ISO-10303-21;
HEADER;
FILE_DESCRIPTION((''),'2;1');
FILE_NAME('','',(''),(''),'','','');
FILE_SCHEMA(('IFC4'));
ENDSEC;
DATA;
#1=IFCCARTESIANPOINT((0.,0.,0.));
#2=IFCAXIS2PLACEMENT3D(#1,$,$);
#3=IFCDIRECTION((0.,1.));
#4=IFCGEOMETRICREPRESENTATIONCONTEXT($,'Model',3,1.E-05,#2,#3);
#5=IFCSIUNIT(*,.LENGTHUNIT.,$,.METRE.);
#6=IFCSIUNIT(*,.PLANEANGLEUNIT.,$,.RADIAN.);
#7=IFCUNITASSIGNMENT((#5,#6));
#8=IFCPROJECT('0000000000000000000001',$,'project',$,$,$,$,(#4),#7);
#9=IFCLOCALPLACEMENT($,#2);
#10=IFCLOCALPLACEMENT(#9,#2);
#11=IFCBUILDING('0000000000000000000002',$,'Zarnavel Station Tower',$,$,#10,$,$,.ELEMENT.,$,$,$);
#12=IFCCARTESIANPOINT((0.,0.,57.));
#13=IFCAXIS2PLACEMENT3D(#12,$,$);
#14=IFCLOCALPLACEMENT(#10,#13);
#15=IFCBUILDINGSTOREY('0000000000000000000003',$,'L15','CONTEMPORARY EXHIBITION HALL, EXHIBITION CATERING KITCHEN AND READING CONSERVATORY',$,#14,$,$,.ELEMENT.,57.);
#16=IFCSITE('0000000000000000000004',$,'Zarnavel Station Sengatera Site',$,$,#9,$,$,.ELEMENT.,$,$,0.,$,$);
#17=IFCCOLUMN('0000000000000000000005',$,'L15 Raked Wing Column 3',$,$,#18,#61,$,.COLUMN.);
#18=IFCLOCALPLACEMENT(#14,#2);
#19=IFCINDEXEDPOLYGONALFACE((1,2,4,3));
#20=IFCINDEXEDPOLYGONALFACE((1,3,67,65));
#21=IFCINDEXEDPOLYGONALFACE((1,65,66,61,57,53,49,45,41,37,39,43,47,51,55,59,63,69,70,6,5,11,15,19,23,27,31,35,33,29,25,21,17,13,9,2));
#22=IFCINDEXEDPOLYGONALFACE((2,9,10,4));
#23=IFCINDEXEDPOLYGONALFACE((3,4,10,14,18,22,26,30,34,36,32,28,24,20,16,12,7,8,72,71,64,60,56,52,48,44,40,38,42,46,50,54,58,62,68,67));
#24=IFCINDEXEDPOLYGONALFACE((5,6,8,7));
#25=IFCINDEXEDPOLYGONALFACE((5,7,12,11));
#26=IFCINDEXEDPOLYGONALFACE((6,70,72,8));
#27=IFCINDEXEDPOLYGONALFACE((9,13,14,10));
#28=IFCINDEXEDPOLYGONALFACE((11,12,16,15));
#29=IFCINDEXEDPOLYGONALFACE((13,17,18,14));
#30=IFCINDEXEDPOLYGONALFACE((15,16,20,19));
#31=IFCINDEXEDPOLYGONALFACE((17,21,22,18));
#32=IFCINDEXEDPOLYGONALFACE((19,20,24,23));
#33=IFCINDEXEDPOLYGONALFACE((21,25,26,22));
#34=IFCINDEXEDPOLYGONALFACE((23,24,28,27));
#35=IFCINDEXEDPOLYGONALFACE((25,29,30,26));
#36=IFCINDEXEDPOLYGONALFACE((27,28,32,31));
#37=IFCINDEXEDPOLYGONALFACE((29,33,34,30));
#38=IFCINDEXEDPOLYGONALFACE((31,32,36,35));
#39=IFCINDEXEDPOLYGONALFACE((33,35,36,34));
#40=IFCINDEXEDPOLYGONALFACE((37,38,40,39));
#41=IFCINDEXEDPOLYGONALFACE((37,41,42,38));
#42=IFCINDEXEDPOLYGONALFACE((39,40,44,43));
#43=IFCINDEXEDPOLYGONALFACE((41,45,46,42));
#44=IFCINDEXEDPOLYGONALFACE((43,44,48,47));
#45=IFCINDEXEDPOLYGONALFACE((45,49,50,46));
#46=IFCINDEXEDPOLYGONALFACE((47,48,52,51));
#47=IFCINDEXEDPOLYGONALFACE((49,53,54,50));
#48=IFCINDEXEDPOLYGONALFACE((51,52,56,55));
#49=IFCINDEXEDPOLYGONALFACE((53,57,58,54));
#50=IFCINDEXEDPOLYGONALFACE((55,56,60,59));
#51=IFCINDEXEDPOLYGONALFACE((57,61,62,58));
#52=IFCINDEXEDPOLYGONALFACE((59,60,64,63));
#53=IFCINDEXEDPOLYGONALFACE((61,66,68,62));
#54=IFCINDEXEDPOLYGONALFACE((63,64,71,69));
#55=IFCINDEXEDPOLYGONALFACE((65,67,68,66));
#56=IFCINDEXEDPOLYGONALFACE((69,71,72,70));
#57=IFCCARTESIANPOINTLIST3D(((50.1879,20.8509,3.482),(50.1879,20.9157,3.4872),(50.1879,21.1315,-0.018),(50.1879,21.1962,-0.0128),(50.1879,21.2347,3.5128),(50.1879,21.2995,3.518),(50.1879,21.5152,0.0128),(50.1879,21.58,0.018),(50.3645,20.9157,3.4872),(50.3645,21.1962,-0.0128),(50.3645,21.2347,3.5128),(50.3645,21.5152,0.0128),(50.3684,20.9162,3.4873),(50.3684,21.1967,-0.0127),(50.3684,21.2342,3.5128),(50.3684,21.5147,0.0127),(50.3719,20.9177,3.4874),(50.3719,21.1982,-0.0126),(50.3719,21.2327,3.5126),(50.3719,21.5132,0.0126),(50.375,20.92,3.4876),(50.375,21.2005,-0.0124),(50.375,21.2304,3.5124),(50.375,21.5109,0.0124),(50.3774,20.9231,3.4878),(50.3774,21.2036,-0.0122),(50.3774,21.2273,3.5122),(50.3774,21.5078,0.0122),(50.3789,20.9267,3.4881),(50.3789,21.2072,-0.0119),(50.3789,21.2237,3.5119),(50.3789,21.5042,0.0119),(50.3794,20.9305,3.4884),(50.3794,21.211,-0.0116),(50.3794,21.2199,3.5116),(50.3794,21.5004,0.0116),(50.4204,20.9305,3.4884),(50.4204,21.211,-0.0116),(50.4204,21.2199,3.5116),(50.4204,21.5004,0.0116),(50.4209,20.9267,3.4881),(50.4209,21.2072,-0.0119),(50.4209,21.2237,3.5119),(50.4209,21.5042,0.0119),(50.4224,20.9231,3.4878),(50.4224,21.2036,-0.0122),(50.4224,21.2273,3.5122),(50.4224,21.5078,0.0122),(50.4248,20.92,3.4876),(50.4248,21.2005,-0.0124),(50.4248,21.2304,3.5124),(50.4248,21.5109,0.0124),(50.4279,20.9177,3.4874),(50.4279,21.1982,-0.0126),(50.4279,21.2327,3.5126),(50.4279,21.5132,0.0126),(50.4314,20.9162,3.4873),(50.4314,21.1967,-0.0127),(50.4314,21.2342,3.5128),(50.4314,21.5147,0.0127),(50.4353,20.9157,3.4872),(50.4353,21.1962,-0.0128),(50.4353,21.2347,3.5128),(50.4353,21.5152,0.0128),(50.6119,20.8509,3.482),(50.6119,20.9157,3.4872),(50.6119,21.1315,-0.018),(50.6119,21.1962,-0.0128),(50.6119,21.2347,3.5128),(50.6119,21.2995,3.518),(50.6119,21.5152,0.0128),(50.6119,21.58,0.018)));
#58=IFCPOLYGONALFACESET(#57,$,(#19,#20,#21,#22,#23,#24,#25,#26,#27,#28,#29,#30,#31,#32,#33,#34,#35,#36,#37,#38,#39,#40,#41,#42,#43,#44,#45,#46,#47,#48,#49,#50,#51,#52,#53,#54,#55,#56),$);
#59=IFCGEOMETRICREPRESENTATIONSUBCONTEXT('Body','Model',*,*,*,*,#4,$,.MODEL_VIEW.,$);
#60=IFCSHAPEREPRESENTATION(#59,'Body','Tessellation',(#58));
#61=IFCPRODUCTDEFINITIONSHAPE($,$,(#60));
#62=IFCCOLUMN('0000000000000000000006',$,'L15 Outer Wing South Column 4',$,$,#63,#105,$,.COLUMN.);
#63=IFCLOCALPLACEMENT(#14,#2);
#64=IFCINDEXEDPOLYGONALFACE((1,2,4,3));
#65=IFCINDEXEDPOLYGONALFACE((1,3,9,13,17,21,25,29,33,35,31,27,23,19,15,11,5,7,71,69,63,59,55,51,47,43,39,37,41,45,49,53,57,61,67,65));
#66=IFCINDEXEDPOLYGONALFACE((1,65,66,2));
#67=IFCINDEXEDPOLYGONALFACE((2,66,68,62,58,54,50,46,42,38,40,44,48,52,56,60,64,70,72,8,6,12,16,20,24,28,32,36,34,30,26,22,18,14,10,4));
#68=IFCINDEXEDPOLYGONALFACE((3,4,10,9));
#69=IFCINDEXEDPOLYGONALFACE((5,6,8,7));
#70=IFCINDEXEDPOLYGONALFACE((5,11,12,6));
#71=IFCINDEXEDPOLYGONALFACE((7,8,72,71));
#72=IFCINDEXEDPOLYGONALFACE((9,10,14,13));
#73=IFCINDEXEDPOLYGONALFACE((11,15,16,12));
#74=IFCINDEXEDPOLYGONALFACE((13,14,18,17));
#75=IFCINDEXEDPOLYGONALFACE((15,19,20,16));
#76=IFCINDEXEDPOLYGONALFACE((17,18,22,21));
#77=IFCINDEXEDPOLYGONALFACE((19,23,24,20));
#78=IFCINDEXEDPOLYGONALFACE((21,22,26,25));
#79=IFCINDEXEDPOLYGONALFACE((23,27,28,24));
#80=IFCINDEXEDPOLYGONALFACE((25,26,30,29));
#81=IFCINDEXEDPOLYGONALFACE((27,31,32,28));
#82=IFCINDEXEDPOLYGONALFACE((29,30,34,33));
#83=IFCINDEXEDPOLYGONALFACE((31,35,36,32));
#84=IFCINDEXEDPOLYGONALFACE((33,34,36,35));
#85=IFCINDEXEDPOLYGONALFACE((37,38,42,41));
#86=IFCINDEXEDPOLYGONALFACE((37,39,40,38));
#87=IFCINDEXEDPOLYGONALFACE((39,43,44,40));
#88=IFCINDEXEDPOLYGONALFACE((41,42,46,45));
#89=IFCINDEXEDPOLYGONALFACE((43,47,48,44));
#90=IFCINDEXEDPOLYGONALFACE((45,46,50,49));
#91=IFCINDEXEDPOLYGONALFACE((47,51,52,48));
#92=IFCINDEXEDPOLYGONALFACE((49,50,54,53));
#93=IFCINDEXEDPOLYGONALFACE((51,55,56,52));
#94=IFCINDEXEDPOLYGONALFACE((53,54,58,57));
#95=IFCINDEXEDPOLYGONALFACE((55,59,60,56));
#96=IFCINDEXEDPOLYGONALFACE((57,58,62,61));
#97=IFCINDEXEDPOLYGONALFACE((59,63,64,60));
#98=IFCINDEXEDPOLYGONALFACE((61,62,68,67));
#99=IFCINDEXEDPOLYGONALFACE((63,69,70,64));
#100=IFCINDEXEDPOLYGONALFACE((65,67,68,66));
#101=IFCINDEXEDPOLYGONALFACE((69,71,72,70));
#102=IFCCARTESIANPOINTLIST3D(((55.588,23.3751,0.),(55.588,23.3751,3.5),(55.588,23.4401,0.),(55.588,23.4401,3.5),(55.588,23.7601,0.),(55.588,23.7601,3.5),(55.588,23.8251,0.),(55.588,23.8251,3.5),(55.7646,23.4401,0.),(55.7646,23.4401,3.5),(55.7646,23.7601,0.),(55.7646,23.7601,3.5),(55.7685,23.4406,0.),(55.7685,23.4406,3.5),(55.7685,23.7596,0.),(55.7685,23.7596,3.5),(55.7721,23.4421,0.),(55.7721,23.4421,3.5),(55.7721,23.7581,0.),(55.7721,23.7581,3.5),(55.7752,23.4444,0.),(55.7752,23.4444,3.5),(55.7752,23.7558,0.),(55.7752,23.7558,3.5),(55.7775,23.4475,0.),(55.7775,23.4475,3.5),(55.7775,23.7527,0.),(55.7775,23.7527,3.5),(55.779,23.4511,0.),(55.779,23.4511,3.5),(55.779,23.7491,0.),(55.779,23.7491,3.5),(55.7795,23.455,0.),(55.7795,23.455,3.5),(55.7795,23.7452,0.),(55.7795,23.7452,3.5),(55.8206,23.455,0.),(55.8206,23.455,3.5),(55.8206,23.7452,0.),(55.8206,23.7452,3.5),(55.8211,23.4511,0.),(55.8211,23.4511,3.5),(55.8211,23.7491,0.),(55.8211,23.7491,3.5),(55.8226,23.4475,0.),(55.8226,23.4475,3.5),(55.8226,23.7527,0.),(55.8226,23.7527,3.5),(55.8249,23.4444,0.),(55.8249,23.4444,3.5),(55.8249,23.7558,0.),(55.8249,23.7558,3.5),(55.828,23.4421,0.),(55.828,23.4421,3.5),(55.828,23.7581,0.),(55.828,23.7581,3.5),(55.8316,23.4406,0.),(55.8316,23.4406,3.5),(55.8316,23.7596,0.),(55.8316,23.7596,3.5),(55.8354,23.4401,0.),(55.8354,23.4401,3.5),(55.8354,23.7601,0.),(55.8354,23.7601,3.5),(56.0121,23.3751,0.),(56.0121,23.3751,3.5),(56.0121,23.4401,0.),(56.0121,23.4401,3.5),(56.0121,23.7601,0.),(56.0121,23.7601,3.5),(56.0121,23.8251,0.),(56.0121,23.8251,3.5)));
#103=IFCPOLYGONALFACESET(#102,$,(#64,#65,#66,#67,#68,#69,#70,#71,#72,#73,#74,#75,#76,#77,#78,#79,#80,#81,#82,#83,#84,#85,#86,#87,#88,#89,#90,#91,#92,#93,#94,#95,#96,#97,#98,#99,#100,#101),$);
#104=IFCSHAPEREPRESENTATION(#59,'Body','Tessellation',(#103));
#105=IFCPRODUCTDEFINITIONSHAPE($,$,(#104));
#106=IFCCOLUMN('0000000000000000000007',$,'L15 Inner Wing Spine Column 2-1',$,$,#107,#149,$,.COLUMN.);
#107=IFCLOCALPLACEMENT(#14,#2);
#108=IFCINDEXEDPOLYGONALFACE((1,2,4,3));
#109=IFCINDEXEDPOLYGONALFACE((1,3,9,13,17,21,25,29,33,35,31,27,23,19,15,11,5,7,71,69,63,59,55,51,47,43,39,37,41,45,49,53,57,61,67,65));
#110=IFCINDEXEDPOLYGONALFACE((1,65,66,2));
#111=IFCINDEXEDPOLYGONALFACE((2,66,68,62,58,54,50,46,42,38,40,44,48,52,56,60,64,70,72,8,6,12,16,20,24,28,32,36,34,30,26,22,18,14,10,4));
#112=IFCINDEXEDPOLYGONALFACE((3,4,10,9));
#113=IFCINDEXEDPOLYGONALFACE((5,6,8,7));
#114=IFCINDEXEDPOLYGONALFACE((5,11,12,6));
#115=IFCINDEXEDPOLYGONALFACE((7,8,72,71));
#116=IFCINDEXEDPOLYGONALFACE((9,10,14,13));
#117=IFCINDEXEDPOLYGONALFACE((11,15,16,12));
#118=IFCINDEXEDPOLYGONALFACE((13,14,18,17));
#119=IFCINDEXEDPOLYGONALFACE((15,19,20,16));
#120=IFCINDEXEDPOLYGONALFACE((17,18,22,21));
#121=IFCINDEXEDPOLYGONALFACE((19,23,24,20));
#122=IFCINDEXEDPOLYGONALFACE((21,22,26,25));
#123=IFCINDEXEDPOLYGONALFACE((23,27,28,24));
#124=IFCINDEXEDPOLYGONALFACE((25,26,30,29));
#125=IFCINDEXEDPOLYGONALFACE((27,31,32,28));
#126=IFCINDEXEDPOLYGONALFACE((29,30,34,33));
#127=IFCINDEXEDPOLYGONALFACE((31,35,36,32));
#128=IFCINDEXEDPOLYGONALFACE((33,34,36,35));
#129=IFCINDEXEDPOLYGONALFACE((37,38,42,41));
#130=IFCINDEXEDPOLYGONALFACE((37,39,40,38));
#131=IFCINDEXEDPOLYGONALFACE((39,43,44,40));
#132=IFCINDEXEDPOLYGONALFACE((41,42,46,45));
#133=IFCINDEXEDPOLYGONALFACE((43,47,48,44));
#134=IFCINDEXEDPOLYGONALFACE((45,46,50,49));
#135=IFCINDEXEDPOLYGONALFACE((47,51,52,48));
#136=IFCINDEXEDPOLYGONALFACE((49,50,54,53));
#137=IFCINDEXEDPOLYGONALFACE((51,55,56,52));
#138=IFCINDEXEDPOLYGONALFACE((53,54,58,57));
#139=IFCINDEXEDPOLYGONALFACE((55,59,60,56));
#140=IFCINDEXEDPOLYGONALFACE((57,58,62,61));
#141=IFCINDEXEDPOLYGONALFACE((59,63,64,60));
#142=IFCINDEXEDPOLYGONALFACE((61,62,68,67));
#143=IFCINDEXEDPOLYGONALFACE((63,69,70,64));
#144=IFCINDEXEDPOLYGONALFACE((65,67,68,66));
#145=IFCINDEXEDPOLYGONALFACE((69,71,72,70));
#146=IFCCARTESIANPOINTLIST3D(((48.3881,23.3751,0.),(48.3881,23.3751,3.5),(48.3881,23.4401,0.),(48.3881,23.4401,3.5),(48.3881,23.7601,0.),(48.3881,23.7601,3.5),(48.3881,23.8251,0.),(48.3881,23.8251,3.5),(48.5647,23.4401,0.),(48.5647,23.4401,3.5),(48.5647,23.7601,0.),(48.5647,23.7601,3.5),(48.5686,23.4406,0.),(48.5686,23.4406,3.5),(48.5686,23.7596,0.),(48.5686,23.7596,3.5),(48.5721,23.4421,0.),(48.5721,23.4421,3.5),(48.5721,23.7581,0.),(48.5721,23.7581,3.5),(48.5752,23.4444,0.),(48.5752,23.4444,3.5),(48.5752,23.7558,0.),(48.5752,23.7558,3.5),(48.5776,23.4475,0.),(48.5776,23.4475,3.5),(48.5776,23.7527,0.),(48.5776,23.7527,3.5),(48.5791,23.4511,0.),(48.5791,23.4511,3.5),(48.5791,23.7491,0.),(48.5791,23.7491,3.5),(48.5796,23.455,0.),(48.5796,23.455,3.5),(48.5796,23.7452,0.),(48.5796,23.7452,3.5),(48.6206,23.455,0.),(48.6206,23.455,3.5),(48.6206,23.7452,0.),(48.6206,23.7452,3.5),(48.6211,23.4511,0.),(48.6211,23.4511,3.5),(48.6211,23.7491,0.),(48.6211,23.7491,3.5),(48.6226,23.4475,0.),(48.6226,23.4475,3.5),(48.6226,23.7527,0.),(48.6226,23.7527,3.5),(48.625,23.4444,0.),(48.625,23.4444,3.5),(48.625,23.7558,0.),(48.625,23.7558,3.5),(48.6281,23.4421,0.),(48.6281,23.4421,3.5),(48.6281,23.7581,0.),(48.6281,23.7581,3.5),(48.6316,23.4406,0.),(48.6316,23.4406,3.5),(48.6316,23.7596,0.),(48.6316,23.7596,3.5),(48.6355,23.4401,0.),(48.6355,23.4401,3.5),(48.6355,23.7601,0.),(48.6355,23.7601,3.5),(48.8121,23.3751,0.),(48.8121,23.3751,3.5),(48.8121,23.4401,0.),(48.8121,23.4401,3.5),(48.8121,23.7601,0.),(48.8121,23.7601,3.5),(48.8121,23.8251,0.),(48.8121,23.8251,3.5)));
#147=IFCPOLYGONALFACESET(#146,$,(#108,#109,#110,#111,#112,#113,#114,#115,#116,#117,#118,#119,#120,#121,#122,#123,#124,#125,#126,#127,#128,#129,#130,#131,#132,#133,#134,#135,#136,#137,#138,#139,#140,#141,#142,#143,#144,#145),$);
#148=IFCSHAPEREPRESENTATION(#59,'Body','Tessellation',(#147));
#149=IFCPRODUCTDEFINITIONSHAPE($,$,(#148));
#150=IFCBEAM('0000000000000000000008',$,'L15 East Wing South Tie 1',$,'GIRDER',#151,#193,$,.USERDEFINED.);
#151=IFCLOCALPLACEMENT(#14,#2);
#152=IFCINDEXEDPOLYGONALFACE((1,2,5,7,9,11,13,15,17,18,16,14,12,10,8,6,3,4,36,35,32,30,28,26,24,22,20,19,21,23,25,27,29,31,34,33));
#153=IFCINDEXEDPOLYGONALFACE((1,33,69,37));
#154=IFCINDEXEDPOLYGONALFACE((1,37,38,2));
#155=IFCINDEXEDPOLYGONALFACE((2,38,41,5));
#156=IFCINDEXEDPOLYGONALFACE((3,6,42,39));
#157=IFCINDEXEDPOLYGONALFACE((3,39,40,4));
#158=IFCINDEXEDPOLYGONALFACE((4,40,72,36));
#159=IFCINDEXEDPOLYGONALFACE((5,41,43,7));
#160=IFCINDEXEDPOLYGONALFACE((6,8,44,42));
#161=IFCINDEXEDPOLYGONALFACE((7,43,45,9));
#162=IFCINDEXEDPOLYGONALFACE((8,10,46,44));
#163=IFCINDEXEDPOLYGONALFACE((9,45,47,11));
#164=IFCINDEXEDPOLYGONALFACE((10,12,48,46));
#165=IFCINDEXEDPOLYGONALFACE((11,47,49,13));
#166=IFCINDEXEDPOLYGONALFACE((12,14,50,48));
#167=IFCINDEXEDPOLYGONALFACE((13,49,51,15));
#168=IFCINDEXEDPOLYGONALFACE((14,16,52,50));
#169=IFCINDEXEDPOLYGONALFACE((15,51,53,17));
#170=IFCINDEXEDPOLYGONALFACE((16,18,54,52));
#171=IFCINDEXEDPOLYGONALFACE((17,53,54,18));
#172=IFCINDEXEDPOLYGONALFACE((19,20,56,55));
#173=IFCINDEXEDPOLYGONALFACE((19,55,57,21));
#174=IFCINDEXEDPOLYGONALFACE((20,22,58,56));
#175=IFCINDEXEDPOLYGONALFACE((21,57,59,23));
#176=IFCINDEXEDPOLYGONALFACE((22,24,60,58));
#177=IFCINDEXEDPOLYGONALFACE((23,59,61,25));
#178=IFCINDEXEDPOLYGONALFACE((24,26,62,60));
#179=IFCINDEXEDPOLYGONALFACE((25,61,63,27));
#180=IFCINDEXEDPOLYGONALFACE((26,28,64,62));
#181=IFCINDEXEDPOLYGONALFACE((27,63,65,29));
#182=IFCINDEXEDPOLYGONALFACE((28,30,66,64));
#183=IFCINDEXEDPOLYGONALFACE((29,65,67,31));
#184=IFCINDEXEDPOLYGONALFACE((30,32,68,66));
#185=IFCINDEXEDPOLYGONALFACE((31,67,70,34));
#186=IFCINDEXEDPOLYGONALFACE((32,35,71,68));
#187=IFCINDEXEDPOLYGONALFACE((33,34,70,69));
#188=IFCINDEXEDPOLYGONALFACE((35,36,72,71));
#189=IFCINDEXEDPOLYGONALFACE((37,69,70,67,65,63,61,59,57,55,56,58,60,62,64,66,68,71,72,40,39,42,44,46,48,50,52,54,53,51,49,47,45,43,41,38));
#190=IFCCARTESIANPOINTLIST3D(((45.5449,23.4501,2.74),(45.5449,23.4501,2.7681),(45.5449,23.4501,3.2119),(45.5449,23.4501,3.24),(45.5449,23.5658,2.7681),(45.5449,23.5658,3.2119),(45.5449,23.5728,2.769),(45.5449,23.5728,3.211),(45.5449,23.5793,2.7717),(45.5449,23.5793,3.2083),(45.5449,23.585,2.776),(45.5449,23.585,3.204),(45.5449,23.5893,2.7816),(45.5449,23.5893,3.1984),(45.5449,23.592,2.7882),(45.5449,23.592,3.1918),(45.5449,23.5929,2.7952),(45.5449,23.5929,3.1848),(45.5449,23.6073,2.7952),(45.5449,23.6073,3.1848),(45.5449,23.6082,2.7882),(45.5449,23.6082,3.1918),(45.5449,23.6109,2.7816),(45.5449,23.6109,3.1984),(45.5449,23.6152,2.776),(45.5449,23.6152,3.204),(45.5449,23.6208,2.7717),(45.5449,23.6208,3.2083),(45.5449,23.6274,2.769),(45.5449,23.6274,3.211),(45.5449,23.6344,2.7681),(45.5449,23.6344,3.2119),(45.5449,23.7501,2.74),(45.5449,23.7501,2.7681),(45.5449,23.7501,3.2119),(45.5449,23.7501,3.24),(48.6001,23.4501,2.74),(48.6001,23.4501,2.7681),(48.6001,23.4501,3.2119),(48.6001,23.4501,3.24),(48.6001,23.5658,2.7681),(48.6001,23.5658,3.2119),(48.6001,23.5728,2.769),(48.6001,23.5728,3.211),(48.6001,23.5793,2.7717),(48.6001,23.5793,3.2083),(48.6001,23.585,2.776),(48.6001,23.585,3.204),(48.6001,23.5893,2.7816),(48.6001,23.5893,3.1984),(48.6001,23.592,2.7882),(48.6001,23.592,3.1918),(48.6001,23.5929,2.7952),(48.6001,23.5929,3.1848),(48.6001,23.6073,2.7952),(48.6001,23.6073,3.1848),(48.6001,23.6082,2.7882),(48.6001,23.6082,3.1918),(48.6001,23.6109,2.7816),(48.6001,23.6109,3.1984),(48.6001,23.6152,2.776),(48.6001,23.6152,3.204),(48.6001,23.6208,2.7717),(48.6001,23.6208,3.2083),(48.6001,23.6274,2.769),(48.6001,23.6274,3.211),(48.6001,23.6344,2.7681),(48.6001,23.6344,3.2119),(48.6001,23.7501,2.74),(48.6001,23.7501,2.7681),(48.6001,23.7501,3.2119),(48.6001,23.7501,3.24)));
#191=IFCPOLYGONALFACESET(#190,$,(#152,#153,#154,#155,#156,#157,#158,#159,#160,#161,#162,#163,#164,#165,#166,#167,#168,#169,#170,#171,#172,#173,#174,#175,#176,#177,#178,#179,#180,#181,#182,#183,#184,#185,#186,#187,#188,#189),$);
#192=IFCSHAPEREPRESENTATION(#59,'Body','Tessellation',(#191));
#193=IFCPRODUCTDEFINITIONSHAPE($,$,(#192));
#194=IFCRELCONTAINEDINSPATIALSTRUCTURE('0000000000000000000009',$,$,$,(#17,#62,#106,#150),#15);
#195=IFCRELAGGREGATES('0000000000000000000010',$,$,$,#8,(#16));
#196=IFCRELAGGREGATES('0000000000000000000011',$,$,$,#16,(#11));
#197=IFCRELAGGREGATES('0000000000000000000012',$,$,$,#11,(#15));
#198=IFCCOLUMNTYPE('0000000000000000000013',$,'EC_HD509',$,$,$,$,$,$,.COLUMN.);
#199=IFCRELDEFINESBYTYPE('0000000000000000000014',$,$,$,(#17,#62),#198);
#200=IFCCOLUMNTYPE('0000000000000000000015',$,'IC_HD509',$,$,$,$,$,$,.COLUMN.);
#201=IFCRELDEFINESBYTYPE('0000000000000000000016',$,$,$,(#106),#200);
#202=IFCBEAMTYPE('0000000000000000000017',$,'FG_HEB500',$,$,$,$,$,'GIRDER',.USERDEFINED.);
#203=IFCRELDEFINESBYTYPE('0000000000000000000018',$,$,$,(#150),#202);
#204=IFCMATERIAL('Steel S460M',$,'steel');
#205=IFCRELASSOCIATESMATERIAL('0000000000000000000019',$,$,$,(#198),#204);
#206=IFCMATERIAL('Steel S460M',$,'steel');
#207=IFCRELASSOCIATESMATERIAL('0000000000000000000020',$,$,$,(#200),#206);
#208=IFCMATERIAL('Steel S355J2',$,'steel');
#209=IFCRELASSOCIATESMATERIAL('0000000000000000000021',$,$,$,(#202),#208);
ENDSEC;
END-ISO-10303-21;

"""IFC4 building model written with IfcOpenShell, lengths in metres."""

from ifc_helpers import new_model, si_unit, direction, frame, origin, origin_2d, place, context, subcontext, project, spatial, i_section, extrude, material, material_profile, profile_set, type_object, element, save


model = new_model("IFC4")

# Units and contexts
model_context = context("Model", 3, precision=1e-05, world=origin(), true_north=direction((0.0, 1.0)))
body_context = subcontext(model_context, "Body", "Model", "MODEL_VIEW")
ifc_project = project(units=[si_unit("LENGTHUNIT", "METRE"), si_unit("PLANEANGLEUNIT", "RADIAN")], contexts=[model_context])

# Site, building, storey
site_placement = place(None, origin())
site = spatial("IfcSite", under=ifc_project, at=site_placement, Name="Zarnavel Station Sengatera Site", CompositionType="ELEMENT", RefElevation=0.0)
building_placement = place(site_placement, origin())
building = spatial("IfcBuilding", under=site, at=building_placement, Name="Zarnavel Station Tower", CompositionType="ELEMENT")
storey_placement = place(building_placement, frame((0.0, 0.0, 57.0)))
storey = spatial("IfcBuildingStorey", under=building, at=storey_placement, Name="L15", Description="CONTEMPORARY EXHIBITION HALL, EXHIBITION CATERING KITCHEN AND READING CONSERVATORY", CompositionType="ELEMENT", Elevation=57.0)

# Columns
ifc_material_1 = material(Name="Steel S460M", Category="steel")
ifc_material_profile_1 = material_profile(ifc_material_1, i_section(OverallWidth=0.4241, OverallDepth=0.45, WebThickness=0.041, FlangeThickness=0.0649, FilletRadius=0.0149, at=origin_2d()), Name="HD400x509")
ifc_profile_set_1 = profile_set([ifc_material_profile_1], Name="Steel S460M")
column_type_1 = type_object("IfcColumnType", Name="EC_HD509", PredefinedType="COLUMN", material=ifc_profile_set_1)
column_1_placement = place(storey_placement, frame((50.3999, 21.3557, 0.0), z_axis=(0.0, -0.079892, 0.996804), x_axis=(1.0, 0.0, 0.0)))
element("IfcColumn", 1, at=column_1_placement, inside=storey, type_object=column_type_1, Name="L15 Raked Wing Column 3", PredefinedType="COLUMN", context=body_context, shape_type="SweptSolid", body=[
    extrude(i_section(OverallWidth=0.4241, OverallDepth=0.45, WebThickness=0.041, FlangeThickness=0.0649, FilletRadius=0.0149, at=origin_2d()), origin(), (0.0, 0.0, 1.0), 3.5112),
])
column_2_placement = place(storey_placement, frame((55.8, 23.6001, 0.0), z_axis=(0.0, 0.0, 1.0), x_axis=(1.0, 0.0, 0.0)))
element("IfcColumn", 2, at=column_2_placement, inside=storey, type_object=column_type_1, Name="L15 Outer Wing South Column 4", PredefinedType="COLUMN", context=body_context, shape_type="SweptSolid", body=[
    extrude(i_section(OverallWidth=0.4241, OverallDepth=0.45, WebThickness=0.041, FlangeThickness=0.0649, FilletRadius=0.0149, at=origin_2d()), origin(), (0.0, 0.0, 1.0), 3.5),
])
ifc_material_2 = material(Name="Steel S460M", Category="steel")
ifc_material_profile_2 = material_profile(ifc_material_2, i_section(OverallWidth=0.4241, OverallDepth=0.45, WebThickness=0.041, FlangeThickness=0.0649, FilletRadius=0.0149, at=origin_2d()), Name="HD400x509")
ifc_profile_set_2 = profile_set([ifc_material_profile_2], Name="Steel S460M")
column_type_2 = type_object("IfcColumnType", Name="IC_HD509", PredefinedType="COLUMN", material=ifc_profile_set_2)
column_3_placement = place(storey_placement, frame((48.6001, 23.6001, 0.0), z_axis=(0.0, 0.0, 1.0), x_axis=(1.0, 0.0, 0.0)))
element("IfcColumn", 3, at=column_3_placement, inside=storey, type_object=column_type_2, Name="L15 Inner Wing Spine Column 2-1", PredefinedType="COLUMN", context=body_context, shape_type="SweptSolid", body=[
    extrude(i_section(OverallWidth=0.4241, OverallDepth=0.45, WebThickness=0.041, FlangeThickness=0.0649, FilletRadius=0.0149, at=origin_2d()), origin(), (0.0, 0.0, 1.0), 3.5),
])

# Beam
ifc_material_3 = material(Name="Steel S355J2", Category="steel")
ifc_material_profile_3 = material_profile(ifc_material_3, i_section(OverallWidth=0.3, OverallDepth=0.5, WebThickness=0.0144, FlangeThickness=0.0281, FilletRadius=0.0271, at=origin_2d()), Name="HEB500")
ifc_profile_set_3 = profile_set([ifc_material_profile_3], Name="Steel S355J2")
beam_type_1 = type_object("IfcBeamType", Name="FG_HEB500", ElementType="GIRDER", PredefinedType="USERDEFINED", material=ifc_profile_set_3)
beam_1_placement = place(storey_placement, frame((45.5449, 23.6001, 2.99), z_axis=(1.0, 0.0, 0.0), x_axis=(0.0, 1.0, 0.0)))
element("IfcBeam", 4, at=beam_1_placement, inside=storey, type_object=beam_type_1, Name="L15 East Wing South Tie 1", ObjectType="GIRDER", PredefinedType="USERDEFINED", context=body_context, shape_type="SweptSolid", body=[
    extrude(i_section(OverallWidth=0.3, OverallDepth=0.5, WebThickness=0.0144, FlangeThickness=0.0281, FilletRadius=0.0271, at=origin_2d()), origin(), (0.0, 0.0, 1.0), 3.0552),
])

save(model, "model.ifc")
